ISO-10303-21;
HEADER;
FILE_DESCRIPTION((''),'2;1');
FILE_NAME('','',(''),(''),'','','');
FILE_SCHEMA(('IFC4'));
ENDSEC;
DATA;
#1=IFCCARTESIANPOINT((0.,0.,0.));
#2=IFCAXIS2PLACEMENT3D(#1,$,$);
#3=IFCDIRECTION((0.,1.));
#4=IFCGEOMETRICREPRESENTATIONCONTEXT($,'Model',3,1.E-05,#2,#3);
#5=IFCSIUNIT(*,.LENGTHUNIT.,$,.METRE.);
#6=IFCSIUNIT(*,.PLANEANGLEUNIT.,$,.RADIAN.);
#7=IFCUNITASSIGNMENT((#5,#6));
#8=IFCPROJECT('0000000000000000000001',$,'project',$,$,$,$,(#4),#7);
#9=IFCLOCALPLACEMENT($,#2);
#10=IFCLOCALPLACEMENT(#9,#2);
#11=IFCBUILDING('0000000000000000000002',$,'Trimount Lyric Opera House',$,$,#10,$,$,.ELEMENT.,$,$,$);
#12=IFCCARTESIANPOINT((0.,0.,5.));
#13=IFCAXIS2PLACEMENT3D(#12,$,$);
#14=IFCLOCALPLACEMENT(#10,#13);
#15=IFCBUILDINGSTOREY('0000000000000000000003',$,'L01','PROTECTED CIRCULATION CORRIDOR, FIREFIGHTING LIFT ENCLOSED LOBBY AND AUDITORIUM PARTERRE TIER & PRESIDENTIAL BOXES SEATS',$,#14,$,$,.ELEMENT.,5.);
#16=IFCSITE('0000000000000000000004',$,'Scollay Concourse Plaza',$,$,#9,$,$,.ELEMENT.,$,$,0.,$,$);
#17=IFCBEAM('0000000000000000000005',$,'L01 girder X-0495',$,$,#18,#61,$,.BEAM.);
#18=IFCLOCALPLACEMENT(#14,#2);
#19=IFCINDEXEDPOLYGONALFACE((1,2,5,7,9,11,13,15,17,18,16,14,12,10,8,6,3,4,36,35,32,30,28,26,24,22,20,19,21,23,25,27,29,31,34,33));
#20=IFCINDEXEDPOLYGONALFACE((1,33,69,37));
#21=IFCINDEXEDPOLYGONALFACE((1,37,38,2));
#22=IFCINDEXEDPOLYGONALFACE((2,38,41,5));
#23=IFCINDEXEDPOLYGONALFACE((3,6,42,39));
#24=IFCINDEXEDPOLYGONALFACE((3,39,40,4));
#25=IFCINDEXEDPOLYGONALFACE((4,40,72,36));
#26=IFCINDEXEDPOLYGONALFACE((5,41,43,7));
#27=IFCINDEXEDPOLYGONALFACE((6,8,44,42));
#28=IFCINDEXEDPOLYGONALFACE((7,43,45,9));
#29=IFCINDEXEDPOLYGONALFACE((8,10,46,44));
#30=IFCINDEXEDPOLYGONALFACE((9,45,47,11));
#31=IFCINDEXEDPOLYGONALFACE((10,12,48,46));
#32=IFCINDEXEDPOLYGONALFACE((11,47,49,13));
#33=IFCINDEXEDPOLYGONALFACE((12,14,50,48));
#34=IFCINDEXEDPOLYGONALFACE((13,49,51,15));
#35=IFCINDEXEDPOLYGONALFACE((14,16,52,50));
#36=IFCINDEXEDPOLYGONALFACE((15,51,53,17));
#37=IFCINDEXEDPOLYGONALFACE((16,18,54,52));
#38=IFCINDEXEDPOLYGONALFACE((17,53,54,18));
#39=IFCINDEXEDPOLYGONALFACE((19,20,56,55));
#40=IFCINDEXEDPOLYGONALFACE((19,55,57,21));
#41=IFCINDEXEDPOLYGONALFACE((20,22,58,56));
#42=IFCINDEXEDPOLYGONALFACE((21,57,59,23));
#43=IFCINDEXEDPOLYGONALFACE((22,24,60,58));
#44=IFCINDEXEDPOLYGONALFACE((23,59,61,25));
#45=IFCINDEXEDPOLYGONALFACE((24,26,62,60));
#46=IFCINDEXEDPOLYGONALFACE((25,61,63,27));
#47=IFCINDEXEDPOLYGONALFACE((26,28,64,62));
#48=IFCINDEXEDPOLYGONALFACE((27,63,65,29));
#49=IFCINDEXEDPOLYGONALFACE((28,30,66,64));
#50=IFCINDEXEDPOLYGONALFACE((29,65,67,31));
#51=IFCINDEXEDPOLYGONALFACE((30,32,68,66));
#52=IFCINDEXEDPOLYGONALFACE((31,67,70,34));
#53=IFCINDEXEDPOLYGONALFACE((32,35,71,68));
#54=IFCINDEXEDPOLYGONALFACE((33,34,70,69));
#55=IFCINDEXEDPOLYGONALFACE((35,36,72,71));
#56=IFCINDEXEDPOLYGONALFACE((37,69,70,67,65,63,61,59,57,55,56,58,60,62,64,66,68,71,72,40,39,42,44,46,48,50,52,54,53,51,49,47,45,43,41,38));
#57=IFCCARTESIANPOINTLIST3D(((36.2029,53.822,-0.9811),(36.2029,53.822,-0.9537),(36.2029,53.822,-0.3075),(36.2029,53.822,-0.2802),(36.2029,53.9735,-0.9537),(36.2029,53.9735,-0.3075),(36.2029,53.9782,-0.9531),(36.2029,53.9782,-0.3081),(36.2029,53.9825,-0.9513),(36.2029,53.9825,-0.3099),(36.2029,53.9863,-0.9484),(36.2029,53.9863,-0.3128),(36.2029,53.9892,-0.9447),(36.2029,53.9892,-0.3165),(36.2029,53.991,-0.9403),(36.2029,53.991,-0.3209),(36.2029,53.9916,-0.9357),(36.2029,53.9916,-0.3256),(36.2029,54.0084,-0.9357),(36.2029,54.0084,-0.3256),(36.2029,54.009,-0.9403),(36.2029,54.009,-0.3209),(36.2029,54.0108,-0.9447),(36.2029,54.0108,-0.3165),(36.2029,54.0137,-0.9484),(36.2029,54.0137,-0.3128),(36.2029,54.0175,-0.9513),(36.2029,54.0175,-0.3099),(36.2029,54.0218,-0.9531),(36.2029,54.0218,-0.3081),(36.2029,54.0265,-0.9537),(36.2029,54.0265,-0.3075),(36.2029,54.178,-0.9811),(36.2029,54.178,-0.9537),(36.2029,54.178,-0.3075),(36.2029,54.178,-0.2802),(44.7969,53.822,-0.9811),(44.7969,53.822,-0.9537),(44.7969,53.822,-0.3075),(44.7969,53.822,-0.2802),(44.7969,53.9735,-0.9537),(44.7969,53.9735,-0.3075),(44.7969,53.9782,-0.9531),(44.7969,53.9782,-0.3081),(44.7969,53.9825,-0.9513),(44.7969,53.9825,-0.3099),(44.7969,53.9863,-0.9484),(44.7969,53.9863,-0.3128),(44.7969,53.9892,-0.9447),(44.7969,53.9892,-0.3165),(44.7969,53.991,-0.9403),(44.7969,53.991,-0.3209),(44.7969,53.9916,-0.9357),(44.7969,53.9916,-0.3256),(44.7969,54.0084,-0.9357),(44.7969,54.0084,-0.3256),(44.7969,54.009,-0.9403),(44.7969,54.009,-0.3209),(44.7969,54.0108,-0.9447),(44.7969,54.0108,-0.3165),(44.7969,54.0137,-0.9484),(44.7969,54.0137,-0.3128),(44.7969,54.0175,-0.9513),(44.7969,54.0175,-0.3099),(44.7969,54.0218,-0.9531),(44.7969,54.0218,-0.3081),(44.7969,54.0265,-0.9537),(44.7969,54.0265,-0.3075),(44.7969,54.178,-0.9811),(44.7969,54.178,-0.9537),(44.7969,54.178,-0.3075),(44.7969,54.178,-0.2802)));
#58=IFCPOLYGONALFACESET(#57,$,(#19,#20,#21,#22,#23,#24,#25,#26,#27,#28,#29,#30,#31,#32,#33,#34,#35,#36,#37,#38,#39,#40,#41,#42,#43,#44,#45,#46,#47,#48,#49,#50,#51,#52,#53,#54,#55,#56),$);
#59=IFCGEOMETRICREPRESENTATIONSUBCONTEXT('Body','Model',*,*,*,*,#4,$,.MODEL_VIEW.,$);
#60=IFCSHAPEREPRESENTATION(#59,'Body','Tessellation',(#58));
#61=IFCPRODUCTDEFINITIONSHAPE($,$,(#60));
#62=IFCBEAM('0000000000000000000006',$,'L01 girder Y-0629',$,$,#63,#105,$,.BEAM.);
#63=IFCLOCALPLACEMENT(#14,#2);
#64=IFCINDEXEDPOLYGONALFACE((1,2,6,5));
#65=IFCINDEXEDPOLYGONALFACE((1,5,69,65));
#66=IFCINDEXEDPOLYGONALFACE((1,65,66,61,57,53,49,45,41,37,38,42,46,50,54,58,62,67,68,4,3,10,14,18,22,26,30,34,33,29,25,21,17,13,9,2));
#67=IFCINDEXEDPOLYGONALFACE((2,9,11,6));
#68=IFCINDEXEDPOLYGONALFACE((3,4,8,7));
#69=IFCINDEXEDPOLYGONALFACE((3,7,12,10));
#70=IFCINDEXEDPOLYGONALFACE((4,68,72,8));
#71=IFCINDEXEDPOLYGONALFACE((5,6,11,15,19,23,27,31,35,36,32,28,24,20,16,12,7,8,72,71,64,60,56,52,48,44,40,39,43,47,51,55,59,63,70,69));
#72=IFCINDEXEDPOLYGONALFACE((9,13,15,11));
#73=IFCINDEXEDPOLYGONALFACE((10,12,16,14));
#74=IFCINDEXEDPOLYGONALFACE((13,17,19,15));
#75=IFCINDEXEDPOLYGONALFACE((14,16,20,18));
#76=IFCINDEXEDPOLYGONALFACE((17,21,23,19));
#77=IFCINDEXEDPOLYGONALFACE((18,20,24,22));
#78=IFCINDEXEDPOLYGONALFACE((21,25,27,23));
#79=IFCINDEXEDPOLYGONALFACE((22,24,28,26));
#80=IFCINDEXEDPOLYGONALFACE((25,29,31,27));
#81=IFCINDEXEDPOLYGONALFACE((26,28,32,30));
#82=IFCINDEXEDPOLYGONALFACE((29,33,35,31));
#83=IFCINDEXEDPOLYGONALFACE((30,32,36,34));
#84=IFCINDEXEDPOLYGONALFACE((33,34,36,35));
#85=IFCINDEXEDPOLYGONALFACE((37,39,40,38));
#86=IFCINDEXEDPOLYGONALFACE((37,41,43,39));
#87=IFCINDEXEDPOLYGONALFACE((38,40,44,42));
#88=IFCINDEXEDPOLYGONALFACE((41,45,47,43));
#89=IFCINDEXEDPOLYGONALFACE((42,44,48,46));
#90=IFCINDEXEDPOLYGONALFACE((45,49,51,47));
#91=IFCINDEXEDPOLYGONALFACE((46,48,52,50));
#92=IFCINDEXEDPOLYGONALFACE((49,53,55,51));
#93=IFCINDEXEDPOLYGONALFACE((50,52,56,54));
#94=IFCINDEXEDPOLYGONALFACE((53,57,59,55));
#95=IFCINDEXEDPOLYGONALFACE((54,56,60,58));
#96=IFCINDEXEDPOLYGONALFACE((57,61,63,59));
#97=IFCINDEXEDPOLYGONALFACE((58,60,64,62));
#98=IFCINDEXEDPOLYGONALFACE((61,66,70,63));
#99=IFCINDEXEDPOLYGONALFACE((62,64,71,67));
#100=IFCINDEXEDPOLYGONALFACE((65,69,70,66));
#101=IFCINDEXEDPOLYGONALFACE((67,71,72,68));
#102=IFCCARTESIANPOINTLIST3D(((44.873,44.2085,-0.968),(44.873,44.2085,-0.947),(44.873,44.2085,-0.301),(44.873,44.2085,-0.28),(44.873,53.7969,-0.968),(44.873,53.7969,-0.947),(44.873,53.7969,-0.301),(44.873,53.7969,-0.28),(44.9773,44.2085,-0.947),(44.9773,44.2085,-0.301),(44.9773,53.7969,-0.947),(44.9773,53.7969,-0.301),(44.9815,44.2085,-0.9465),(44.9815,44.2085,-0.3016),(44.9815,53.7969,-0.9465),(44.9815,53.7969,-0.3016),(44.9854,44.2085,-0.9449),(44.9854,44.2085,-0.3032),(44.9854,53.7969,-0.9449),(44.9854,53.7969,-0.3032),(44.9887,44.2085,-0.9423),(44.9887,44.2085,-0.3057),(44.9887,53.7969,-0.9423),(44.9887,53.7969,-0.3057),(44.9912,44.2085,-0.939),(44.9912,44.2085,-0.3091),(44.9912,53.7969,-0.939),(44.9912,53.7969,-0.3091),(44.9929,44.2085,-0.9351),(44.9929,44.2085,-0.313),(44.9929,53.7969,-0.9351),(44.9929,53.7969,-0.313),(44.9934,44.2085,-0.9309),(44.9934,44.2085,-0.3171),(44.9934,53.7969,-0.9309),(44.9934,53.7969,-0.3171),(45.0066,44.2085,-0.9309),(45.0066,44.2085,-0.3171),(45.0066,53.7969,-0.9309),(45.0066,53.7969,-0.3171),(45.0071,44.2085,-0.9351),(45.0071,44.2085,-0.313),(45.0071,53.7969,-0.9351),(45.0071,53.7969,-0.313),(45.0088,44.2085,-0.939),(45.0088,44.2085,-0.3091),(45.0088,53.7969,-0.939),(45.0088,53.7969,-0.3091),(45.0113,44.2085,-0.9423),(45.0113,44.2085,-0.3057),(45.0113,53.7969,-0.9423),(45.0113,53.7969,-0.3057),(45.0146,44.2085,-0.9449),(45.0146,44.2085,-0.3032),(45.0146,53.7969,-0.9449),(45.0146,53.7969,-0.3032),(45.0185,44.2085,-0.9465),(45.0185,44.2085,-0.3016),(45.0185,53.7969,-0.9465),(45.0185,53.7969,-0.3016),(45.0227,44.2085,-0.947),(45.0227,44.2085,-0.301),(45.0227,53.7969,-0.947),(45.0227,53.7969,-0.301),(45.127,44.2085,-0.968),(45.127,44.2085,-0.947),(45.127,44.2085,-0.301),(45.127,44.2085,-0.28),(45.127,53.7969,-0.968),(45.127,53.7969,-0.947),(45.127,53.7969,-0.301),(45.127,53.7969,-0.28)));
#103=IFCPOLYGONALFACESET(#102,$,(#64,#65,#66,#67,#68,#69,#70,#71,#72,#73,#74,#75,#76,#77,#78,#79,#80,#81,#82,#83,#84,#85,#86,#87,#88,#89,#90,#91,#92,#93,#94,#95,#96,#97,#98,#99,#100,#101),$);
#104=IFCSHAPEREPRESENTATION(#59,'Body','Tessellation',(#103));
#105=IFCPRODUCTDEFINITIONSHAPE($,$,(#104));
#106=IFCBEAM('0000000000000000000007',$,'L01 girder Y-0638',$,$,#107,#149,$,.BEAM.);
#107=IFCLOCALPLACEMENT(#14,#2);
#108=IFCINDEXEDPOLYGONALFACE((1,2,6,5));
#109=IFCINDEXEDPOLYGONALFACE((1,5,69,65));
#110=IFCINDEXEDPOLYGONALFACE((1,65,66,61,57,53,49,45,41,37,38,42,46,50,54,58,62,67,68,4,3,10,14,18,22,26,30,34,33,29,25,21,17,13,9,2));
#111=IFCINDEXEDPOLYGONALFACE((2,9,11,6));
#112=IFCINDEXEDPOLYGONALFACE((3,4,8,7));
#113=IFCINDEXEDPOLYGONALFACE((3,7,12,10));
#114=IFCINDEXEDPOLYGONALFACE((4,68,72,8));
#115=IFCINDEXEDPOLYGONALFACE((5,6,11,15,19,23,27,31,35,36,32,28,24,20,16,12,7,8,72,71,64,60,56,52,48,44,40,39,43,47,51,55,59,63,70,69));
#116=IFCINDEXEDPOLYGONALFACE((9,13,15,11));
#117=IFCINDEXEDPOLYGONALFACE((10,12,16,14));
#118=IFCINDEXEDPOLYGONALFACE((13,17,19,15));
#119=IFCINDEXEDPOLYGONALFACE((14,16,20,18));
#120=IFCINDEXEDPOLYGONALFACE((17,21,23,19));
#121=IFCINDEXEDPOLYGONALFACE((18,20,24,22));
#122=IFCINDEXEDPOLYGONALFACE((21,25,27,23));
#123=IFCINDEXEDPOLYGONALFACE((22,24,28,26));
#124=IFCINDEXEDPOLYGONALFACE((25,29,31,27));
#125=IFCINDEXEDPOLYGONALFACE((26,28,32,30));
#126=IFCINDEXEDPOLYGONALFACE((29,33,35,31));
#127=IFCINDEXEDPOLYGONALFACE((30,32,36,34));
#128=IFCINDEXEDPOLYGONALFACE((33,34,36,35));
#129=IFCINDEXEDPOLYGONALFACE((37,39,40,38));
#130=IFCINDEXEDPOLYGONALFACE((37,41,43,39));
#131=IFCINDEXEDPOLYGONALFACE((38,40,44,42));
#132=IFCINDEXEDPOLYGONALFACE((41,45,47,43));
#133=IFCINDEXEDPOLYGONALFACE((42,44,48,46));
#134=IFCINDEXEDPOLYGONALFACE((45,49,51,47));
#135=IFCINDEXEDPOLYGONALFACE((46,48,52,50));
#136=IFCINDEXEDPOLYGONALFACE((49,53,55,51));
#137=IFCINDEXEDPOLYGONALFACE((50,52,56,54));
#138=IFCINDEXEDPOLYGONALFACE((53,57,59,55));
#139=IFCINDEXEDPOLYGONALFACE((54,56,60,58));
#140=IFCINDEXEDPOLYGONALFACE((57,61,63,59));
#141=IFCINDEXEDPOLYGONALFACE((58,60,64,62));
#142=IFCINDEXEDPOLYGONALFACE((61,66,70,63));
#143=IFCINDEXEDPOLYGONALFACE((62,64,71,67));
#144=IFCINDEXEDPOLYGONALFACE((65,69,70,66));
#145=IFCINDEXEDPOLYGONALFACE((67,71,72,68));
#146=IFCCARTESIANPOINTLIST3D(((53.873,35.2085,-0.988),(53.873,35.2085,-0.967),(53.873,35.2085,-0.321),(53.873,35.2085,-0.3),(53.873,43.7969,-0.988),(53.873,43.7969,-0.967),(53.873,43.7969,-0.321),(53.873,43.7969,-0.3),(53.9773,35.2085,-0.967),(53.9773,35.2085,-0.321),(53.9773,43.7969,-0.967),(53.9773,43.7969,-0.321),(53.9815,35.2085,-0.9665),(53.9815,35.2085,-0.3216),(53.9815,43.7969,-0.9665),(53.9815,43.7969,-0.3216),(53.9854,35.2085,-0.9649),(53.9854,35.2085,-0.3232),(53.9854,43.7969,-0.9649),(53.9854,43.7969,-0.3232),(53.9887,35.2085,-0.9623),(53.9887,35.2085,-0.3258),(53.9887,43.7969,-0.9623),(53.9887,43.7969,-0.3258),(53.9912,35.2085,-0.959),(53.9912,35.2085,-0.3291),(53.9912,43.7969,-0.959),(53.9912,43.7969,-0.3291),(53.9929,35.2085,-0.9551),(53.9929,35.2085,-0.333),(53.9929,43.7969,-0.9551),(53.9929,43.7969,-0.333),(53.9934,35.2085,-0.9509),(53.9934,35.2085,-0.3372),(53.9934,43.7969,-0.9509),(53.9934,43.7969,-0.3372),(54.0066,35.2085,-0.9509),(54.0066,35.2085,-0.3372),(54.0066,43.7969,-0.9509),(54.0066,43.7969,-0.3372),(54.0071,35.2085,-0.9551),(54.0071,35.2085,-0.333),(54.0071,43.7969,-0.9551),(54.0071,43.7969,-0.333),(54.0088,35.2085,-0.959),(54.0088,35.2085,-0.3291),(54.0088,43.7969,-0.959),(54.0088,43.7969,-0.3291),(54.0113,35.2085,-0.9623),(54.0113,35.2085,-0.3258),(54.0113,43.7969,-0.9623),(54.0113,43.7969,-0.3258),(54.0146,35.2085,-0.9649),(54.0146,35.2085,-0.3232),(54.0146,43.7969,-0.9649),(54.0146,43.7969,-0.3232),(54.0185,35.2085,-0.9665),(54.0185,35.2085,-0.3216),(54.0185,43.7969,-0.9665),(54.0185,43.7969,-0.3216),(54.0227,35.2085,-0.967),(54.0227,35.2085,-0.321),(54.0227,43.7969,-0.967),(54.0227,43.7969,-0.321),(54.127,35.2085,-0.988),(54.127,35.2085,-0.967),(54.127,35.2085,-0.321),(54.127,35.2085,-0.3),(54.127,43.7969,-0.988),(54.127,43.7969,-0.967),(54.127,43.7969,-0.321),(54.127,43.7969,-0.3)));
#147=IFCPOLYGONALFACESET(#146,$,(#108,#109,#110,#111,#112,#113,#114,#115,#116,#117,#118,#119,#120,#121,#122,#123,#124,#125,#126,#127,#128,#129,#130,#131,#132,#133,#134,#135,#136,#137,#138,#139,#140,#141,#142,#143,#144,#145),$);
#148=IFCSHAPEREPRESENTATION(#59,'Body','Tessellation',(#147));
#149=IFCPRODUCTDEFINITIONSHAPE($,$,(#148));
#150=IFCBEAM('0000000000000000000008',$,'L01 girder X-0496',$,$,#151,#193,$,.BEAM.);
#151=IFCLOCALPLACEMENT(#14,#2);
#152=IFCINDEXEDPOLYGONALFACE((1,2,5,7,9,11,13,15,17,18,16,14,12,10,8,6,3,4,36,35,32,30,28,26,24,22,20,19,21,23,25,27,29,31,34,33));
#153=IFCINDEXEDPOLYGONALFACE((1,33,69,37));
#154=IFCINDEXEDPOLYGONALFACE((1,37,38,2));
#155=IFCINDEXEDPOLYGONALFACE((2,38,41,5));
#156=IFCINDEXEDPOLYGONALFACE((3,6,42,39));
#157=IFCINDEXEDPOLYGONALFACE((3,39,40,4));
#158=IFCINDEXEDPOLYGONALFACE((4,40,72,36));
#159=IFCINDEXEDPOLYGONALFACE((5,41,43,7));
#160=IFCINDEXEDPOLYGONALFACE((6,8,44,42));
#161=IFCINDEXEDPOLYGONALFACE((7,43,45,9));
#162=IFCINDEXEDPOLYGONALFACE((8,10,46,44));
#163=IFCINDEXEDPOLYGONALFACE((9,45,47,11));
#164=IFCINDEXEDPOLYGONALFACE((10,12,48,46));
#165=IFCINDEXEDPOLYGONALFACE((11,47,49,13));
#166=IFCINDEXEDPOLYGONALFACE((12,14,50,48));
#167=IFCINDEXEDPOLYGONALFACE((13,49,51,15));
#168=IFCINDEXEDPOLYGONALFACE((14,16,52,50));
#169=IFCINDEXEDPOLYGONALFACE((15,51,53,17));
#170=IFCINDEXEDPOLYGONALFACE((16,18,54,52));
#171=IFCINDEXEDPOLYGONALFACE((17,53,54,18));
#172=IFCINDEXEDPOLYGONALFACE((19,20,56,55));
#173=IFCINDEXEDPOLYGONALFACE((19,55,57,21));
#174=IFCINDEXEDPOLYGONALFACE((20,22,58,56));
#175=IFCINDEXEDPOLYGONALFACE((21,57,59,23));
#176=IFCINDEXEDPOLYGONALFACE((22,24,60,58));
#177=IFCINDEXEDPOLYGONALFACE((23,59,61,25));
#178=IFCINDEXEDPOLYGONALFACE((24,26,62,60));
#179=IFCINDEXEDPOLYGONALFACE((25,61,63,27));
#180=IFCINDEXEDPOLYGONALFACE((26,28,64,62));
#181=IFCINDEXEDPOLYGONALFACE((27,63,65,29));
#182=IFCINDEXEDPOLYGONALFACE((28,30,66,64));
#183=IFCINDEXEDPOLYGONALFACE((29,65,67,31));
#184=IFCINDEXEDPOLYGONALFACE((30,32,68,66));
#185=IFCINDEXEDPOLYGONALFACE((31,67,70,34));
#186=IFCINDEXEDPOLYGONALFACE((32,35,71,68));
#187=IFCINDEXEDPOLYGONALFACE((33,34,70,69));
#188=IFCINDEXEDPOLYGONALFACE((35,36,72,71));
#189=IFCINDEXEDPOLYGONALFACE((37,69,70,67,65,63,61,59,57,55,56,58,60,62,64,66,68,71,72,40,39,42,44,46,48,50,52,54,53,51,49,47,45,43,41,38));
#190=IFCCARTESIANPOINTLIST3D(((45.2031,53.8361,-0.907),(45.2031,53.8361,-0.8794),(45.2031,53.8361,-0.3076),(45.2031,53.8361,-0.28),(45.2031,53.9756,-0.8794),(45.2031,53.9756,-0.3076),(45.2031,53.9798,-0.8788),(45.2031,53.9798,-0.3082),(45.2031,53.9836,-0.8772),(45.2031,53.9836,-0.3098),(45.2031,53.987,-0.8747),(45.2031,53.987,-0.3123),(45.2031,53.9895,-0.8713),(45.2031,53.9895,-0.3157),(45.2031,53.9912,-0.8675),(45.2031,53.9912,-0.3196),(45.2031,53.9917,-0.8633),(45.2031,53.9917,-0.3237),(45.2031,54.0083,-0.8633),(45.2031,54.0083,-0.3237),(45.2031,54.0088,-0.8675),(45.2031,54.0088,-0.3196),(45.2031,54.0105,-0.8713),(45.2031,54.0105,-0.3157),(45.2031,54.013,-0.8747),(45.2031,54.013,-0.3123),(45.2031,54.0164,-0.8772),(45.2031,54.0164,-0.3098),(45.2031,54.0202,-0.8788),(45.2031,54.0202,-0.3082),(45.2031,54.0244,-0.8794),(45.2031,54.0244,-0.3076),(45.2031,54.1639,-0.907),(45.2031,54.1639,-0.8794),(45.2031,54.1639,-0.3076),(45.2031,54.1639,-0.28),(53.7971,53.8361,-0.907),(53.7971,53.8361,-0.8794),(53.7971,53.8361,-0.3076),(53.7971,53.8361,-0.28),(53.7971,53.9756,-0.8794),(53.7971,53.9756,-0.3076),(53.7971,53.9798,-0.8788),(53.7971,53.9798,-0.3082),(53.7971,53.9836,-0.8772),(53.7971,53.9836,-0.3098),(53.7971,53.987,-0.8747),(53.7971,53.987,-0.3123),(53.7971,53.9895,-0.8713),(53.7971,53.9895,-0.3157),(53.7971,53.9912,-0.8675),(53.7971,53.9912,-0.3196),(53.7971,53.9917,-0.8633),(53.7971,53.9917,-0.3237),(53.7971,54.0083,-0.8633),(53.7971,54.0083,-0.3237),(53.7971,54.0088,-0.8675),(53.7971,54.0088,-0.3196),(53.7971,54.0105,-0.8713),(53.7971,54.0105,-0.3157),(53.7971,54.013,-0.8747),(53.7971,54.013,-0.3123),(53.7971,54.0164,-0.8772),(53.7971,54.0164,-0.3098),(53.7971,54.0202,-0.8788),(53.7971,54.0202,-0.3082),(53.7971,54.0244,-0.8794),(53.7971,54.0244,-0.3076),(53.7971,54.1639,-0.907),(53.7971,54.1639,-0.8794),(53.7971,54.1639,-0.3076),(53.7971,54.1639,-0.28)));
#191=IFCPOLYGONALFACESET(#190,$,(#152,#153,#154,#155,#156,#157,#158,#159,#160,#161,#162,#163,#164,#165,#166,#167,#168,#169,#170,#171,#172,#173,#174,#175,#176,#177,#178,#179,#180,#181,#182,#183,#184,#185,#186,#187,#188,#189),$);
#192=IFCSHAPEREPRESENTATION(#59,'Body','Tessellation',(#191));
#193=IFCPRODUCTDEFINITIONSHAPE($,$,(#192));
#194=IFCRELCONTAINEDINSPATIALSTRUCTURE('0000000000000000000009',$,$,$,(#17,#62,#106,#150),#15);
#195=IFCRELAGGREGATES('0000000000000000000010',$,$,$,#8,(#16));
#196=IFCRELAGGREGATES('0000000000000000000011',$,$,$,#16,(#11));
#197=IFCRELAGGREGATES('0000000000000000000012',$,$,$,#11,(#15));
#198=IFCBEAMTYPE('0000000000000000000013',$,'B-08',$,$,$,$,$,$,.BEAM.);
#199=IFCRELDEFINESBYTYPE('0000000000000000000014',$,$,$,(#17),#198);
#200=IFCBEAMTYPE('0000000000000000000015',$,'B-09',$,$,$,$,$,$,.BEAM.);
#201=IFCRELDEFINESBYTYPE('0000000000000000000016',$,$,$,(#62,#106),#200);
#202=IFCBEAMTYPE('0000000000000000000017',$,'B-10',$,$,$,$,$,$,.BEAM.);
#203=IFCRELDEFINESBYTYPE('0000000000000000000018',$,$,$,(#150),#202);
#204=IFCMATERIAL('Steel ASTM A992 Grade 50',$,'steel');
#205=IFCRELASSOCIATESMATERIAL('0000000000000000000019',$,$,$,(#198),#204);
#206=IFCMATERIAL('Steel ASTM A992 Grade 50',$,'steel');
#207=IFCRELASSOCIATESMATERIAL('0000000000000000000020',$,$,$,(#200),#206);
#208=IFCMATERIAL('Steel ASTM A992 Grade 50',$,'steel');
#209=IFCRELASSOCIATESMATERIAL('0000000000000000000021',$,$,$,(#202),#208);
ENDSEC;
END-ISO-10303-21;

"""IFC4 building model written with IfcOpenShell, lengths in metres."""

from ifc_helpers import new_model, si_unit, direction, frame, origin, origin_2d, place, context, subcontext, project, spatial, i_section, extrude, material, material_profile, profile_set, type_object, element, save


model = new_model("IFC4")

# Units and contexts
model_context = context("Model", 3, precision=1e-05, world=origin(), true_north=direction((0.0, 1.0)))
body_context = subcontext(model_context, "Body", "Model", "MODEL_VIEW")
ifc_project = project(units=[si_unit("LENGTHUNIT", "METRE"), si_unit("PLANEANGLEUNIT", "RADIAN")], contexts=[model_context])

# Site, building, storey
site_placement = place(None, origin())
site = spatial("IfcSite", under=ifc_project, at=site_placement, Name="Scollay Concourse Plaza", CompositionType="ELEMENT", RefElevation=0.0)
building_placement = place(site_placement, origin())
building = spatial("IfcBuilding", under=site, at=building_placement, Name="Trimount Lyric Opera House", CompositionType="ELEMENT")
storey_placement = place(building_placement, frame((0.0, 0.0, 5.0)))
storey = spatial("IfcBuildingStorey", under=building, at=storey_placement, Name="L01", Description="PROTECTED CIRCULATION CORRIDOR, FIREFIGHTING LIFT ENCLOSED LOBBY AND AUDITORIUM PARTERRE TIER & PRESIDENTIAL BOXES SEATS", CompositionType="ELEMENT", Elevation=5.0)

# Beams
ifc_material_1 = material(Name="Steel ASTM A992 Grade 50", Category="steel")
ifc_material_profile_1 = material_profile(ifc_material_1, i_section(OverallWidth=0.356, OverallDepth=0.7009, WebThickness=0.0168, FlangeThickness=0.0273, FilletRadius=0.0181, at=origin_2d()), Name="W27X161")
ifc_profile_set_1 = profile_set([ifc_material_profile_1], Name="Steel ASTM A992 Grade 50")
beam_type_1 = type_object("IfcBeamType", Name="B-08", PredefinedType="BEAM", material=ifc_profile_set_1)
for number, where, z_axis, x_axis, name in (
    (1, (36.2029, 54.0, -0.6306), (1.0, 0.0, 0.0), (0.0, 1.0, 0.0), "L01 girder X-0495"),
):
    element("IfcBeam", number, at=place(storey_placement, frame(where, z_axis=z_axis, x_axis=x_axis)), inside=storey, type_object=beam_type_1, Name=name, PredefinedType="BEAM", context=body_context, shape_type="SweptSolid", body=[
        extrude(i_section(OverallWidth=0.356, OverallDepth=0.7009, WebThickness=0.0168, FlangeThickness=0.0273, FilletRadius=0.0181, at=origin_2d()), origin(), (0.0, 0.0, 1.0), 8.594),
    ])
ifc_material_2 = material(Name="Steel ASTM A992 Grade 50", Category="steel")
ifc_material_profile_2 = material_profile(ifc_material_2, i_section(OverallWidth=0.2539, OverallDepth=0.688, WebThickness=0.0132, FlangeThickness=0.021, FilletRadius=0.0161, at=origin_2d()), Name="W27X102")
ifc_profile_set_2 = profile_set([ifc_material_profile_2], Name="Steel ASTM A992 Grade 50")
beam_type_2 = type_object("IfcBeamType", Name="B-09", PredefinedType="BEAM", material=ifc_profile_set_2)
beam_1_placement = place(storey_placement, frame((45.0, 44.2085, -0.624), z_axis=(0.0, 1.0, 0.0), x_axis=(-1.0, 0.0, 0.0)))
element("IfcBeam", 2, at=beam_1_placement, inside=storey, type_object=beam_type_2, Name="L01 girder Y-0629", PredefinedType="BEAM", context=body_context, shape_type="SweptSolid", body=[
    extrude(i_section(OverallWidth=0.2539, OverallDepth=0.688, WebThickness=0.0132, FlangeThickness=0.021, FilletRadius=0.0161, at=origin_2d()), origin(), (0.0, 0.0, 1.0), 9.5884),
])
beam_2_placement = place(storey_placement, frame((54.0, 35.2085, -0.644), z_axis=(0.0, 1.0, 0.0), x_axis=(-1.0, 0.0, 0.0)))
element("IfcBeam", 3, at=beam_2_placement, inside=storey, type_object=beam_type_2, Name="L01 girder Y-0638", PredefinedType="BEAM", context=body_context, shape_type="SweptSolid", body=[
    extrude(i_section(OverallWidth=0.2539, OverallDepth=0.688, WebThickness=0.0132, FlangeThickness=0.021, FilletRadius=0.0161, at=origin_2d()), origin(), (0.0, 0.0, 1.0), 8.5884),
])
ifc_material_3 = material(Name="Steel ASTM A992 Grade 50", Category="steel")
ifc_material_profile_3 = material_profile(ifc_material_3, i_section(OverallWidth=0.3279, OverallDepth=0.627, WebThickness=0.0166, FlangeThickness=0.0276, FilletRadius=0.0161, at=origin_2d()), Name="W24X146")
ifc_profile_set_3 = profile_set([ifc_material_profile_3], Name="Steel ASTM A992 Grade 50")
beam_type_3 = type_object("IfcBeamType", Name="B-10", PredefinedType="BEAM", material=ifc_profile_set_3)
beam_3_placement = place(storey_placement, frame((45.2031, 54.0, -0.5935), z_axis=(1.0, 0.0, 0.0), x_axis=(0.0, 1.0, 0.0)))
element("IfcBeam", 4, at=beam_3_placement, inside=storey, type_object=beam_type_3, Name="L01 girder X-0496", PredefinedType="BEAM", context=body_context, shape_type="SweptSolid", body=[
    extrude(i_section(OverallWidth=0.3279, OverallDepth=0.627, WebThickness=0.0166, FlangeThickness=0.0276, FilletRadius=0.0161, at=origin_2d()), origin(), (0.0, 0.0, 1.0), 8.594),
])

save(model, "model.ifc")
